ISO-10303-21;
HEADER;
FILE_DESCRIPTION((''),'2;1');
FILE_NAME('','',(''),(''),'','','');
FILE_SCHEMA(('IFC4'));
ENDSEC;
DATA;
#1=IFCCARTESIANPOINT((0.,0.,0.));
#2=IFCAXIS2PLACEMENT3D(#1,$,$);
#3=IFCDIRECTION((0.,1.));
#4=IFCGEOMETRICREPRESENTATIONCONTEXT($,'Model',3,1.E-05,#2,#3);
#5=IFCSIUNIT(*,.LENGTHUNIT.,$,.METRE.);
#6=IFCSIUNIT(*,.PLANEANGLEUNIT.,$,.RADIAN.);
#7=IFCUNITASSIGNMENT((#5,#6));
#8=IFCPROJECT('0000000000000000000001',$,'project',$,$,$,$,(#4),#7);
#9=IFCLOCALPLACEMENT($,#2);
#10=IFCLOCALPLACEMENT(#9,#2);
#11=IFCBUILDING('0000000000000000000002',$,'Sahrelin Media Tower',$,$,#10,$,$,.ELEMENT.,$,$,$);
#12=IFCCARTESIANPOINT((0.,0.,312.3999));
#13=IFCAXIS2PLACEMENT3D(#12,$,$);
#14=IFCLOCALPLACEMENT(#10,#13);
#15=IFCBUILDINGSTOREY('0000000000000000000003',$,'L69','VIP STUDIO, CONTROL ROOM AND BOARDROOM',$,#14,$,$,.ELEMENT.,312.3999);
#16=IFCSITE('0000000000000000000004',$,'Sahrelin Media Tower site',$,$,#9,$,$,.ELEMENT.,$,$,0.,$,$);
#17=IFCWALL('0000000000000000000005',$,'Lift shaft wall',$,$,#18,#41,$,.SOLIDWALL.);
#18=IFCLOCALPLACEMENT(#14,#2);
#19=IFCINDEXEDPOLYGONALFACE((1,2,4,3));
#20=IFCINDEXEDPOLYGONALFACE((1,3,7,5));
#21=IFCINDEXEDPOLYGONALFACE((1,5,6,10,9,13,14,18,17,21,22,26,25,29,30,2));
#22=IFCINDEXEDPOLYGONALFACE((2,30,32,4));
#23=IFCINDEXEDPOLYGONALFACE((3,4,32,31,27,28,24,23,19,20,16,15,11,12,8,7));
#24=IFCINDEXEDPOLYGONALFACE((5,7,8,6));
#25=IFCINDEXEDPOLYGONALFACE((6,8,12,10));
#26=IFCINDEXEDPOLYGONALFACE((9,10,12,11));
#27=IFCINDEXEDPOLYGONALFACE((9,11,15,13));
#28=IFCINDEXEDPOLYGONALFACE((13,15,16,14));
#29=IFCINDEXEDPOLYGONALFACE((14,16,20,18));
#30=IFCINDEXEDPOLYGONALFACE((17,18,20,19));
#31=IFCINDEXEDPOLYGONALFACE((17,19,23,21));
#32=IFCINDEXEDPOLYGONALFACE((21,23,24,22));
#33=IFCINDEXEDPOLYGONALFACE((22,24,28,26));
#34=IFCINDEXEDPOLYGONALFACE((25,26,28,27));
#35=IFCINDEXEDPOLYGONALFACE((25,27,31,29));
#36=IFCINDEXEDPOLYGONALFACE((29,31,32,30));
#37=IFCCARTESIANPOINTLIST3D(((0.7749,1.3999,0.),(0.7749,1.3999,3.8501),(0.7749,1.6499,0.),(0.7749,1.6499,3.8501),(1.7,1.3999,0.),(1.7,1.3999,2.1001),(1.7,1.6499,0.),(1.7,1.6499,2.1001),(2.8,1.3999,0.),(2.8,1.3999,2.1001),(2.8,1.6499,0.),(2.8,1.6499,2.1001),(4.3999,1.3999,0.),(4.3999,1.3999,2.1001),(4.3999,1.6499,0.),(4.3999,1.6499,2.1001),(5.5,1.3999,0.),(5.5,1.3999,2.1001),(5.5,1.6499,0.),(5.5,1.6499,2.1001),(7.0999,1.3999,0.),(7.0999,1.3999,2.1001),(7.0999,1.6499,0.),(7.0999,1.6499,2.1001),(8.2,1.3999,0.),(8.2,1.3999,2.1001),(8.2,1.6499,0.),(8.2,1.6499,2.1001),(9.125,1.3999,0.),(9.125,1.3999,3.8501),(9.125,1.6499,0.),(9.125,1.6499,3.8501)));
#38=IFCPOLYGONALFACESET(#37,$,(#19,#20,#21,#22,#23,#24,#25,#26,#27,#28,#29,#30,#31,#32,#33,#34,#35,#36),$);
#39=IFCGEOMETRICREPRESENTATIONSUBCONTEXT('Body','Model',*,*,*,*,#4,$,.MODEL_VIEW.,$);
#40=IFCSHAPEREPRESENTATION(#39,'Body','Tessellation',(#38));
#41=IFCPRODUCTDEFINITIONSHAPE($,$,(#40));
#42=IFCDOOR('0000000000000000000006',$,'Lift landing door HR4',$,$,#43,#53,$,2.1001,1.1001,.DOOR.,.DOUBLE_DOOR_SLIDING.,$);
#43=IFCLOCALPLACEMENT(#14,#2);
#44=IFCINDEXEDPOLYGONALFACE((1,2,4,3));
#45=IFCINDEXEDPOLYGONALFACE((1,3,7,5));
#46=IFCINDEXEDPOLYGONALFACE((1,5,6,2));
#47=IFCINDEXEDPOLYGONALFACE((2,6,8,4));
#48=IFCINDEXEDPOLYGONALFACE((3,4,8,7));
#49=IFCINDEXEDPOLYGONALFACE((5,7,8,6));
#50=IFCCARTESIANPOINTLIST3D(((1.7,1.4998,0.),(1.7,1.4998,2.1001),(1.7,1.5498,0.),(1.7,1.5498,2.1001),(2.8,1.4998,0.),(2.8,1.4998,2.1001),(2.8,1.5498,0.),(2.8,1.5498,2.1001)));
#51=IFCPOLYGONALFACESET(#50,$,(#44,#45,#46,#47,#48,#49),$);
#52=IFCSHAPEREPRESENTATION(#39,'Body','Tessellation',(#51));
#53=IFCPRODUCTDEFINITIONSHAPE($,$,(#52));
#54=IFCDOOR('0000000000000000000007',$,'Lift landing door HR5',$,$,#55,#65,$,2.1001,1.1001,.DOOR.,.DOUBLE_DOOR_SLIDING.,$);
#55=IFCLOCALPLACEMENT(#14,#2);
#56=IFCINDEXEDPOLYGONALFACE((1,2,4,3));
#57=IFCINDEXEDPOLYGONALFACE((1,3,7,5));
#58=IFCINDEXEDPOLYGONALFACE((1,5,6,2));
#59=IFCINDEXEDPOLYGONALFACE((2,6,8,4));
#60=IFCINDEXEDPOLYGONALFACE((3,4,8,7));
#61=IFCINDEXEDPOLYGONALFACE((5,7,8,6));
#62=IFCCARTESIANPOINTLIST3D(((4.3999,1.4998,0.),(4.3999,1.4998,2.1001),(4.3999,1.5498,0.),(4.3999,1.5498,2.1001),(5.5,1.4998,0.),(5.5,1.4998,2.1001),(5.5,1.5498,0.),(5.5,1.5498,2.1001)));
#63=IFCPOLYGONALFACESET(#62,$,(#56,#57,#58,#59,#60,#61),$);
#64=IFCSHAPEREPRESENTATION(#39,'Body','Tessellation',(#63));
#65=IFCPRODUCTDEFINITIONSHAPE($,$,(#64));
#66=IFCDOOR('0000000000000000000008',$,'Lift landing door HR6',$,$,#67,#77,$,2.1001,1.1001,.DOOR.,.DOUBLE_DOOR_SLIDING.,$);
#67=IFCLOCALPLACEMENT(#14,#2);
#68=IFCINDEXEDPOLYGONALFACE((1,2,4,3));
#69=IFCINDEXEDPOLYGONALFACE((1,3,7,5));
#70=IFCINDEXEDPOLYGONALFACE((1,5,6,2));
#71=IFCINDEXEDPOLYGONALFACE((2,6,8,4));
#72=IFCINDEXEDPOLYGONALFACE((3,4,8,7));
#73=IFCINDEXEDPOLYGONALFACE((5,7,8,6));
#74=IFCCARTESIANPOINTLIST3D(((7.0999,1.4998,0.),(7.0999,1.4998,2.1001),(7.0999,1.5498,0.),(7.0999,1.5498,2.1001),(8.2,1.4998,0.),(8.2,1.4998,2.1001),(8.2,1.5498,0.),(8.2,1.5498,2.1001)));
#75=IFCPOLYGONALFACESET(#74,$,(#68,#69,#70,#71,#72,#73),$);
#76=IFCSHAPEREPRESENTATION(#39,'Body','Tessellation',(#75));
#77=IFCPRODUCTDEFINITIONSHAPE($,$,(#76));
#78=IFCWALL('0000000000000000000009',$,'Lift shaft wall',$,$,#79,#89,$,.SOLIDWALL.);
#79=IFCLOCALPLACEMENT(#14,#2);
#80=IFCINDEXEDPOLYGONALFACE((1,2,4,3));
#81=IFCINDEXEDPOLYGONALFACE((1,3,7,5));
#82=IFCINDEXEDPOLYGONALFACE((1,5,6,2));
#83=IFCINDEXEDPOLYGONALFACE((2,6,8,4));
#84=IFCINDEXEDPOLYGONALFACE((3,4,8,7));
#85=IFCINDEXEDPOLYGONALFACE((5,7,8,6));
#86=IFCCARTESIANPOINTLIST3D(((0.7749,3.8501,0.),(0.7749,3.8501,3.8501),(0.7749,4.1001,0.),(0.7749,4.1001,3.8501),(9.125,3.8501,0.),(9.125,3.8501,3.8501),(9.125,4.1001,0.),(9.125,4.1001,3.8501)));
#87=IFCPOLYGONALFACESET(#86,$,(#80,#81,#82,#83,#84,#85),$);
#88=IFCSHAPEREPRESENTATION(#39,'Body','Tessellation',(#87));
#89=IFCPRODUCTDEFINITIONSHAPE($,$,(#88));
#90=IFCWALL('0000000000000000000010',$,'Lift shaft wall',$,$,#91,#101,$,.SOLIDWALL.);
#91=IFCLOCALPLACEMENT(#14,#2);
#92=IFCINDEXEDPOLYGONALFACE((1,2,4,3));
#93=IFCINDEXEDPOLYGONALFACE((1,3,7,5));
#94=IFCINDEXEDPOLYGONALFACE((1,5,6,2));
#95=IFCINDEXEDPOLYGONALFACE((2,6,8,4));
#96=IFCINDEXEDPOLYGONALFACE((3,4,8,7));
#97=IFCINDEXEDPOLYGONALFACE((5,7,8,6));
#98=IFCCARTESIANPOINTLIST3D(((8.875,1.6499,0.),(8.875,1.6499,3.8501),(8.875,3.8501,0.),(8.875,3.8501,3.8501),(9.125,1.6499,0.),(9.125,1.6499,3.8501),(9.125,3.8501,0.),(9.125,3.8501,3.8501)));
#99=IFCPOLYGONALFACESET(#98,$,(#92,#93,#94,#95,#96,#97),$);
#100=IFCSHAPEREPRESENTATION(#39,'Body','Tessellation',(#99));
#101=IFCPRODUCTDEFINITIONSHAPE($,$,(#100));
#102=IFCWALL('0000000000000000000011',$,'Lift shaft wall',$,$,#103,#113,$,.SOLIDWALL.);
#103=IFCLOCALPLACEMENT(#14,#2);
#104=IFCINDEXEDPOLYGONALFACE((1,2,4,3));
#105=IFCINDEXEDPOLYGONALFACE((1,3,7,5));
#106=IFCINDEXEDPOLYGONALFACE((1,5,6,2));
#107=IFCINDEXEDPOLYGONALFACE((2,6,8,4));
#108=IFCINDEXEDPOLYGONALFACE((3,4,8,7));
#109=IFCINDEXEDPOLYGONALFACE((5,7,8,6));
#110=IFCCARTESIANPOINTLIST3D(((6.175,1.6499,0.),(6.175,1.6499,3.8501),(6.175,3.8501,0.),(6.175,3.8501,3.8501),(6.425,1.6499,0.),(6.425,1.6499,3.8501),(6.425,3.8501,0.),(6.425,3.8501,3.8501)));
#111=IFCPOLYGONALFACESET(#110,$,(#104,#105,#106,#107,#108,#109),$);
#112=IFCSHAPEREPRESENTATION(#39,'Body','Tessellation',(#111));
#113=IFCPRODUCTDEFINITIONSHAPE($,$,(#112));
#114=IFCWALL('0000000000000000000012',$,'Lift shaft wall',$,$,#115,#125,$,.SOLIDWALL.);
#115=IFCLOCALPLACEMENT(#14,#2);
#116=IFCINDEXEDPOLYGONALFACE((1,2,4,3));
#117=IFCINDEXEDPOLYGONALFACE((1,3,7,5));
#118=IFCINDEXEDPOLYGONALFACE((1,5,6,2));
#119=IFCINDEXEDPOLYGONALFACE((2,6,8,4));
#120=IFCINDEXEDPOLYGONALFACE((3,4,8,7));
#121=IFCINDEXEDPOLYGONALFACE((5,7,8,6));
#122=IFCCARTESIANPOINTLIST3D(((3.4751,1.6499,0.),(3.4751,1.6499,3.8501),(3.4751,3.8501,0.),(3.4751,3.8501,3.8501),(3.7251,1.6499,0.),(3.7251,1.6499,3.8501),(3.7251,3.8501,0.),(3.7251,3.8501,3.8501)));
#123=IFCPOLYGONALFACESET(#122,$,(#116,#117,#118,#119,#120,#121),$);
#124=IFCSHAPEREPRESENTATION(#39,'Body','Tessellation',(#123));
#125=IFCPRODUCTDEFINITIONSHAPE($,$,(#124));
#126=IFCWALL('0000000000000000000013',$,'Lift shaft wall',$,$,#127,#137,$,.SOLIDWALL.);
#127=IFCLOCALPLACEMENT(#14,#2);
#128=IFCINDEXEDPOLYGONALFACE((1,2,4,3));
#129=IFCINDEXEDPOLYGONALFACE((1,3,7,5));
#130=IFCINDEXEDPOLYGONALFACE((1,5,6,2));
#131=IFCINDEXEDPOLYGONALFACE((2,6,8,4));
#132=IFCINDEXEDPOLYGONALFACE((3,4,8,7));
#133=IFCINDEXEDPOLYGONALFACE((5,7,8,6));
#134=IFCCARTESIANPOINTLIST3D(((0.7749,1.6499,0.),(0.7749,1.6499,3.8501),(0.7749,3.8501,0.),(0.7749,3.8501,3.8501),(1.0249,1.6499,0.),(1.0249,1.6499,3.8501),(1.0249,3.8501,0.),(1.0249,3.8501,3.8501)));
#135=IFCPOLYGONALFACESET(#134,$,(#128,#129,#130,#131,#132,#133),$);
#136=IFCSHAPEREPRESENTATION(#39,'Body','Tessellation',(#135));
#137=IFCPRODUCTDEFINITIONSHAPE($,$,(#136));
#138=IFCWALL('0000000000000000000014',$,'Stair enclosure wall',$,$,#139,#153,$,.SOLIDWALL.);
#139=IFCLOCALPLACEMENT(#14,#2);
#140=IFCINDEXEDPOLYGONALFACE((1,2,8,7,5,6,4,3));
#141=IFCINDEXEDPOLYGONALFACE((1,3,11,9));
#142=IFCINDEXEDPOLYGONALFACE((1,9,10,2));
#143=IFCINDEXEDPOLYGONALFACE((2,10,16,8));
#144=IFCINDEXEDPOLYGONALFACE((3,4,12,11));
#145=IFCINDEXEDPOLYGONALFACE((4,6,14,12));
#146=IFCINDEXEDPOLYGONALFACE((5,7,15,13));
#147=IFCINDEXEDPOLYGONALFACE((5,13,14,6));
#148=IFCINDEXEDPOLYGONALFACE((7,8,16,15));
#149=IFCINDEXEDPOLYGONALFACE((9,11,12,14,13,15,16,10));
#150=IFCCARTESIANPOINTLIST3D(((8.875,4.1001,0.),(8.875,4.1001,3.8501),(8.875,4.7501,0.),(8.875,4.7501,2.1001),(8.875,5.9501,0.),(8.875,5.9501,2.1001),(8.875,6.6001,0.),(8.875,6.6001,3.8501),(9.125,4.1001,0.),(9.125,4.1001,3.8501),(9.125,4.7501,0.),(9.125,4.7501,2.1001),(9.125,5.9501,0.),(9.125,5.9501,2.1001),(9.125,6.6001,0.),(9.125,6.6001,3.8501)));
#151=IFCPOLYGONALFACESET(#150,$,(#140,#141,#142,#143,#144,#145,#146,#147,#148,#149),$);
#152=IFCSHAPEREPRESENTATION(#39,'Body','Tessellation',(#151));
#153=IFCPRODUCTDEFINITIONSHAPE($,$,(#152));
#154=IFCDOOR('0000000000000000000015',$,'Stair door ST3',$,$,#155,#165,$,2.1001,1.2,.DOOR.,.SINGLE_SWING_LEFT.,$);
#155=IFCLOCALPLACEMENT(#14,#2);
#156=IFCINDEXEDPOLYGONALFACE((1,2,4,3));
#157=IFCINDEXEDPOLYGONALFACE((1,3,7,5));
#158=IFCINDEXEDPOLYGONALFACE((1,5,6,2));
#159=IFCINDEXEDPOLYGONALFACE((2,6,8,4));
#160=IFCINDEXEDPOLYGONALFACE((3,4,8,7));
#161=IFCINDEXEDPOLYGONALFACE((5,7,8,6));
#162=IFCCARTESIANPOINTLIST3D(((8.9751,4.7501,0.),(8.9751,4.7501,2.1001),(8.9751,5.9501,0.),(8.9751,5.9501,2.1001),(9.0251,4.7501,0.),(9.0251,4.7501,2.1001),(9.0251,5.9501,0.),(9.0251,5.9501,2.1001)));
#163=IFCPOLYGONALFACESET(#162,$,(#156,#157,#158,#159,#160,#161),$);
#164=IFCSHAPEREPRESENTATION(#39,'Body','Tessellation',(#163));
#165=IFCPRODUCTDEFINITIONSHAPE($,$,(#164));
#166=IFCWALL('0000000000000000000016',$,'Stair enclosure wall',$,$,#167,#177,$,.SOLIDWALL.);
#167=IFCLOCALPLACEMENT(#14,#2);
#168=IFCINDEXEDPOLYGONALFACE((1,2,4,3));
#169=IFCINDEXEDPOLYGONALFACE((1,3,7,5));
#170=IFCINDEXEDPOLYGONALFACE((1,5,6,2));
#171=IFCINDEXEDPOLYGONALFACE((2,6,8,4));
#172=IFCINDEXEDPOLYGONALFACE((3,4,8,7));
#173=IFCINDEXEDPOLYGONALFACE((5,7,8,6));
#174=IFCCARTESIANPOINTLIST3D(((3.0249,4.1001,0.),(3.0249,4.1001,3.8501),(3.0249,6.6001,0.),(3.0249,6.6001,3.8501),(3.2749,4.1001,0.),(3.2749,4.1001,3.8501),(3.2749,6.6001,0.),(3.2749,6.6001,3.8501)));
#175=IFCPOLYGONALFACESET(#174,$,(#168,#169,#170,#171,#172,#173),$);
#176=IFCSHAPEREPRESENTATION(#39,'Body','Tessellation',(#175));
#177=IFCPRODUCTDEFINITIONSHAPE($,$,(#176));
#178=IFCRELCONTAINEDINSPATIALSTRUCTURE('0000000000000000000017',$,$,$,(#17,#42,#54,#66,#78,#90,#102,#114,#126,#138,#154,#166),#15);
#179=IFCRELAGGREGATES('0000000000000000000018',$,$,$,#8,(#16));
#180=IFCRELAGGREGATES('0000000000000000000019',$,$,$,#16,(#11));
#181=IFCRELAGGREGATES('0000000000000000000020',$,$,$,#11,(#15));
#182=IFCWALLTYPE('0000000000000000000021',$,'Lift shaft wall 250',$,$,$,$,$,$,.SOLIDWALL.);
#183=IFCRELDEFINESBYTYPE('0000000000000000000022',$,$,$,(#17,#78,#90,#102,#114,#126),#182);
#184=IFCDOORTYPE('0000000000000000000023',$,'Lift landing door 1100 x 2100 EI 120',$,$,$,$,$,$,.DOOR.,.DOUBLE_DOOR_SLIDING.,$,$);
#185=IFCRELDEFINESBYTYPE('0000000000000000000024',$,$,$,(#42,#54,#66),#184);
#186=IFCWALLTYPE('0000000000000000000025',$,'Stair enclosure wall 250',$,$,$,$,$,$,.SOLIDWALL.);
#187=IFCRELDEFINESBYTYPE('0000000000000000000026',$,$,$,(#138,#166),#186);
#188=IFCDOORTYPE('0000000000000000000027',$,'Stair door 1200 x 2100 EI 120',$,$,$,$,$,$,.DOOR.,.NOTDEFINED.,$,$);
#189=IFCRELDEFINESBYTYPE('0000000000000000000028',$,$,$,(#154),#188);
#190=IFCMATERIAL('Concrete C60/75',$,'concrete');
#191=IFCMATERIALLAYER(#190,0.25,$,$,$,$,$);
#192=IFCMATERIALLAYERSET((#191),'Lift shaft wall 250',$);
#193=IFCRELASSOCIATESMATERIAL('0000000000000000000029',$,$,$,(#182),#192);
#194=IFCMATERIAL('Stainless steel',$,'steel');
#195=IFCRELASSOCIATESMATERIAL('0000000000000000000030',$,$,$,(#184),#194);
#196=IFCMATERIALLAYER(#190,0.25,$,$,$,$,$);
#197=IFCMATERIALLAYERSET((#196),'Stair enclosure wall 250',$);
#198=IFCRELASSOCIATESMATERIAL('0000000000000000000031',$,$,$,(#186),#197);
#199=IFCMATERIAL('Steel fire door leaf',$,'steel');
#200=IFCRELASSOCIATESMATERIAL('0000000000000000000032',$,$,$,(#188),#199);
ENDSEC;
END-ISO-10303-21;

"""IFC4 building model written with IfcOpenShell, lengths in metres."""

from ifc_helpers import new_model, si_unit, direction, frame, frame_2d, origin, place, context, subcontext, project, spatial, rectangle, extrude, material, layer, layer_set, type_object, element, fill, save


model = new_model("IFC4")

# Units and contexts
model_context = context("Model", 3, precision=1e-05, world=origin(), true_north=direction((0.0, 1.0)))
body_context = subcontext(model_context, "Body", "Model", "MODEL_VIEW")
ifc_project = project(units=[si_unit("LENGTHUNIT", "METRE"), si_unit("PLANEANGLEUNIT", "RADIAN")], contexts=[model_context])

# Site, building, storey
site_placement = place(None, origin())
site = spatial("IfcSite", under=ifc_project, at=site_placement, Name="Sahrelin Media Tower site", CompositionType="ELEMENT", RefElevation=0.0)
building_placement = place(site_placement, origin())
building = spatial("IfcBuilding", under=site, at=building_placement, Name="Sahrelin Media Tower", CompositionType="ELEMENT")
storey_placement = place(building_placement, frame((0.0, 0.0, 312.3999)))
storey = spatial("IfcBuildingStorey", under=building, at=storey_placement, Name="L69", Description="VIP STUDIO, CONTROL ROOM AND BOARDROOM", CompositionType="ELEMENT", Elevation=312.3999)

# Shared definitions
ifc_material_1 = material(Name="Steel fire door leaf", Category="steel")

# Wall, openings, doors
ifc_material_2 = material(Name="Concrete C60/75", Category="concrete")
ifc_layer_1 = layer(ifc_material_2, 0.25)
ifc_layer_set_1 = layer_set([ifc_layer_1], Name="Lift shaft wall 250")
wall_type_1 = type_object("IfcWallType", Name="Lift shaft wall 250", PredefinedType="SOLIDWALL", material=ifc_layer_set_1)
wall_1_placement = place(storey_placement, frame((0.7749, 1.5249, 0.0), z_axis=(0.0, 0.0, 1.0), x_axis=(1.0, 0.0, 0.0)))
wall_1 = element("IfcWall", 1, at=wall_1_placement, inside=storey, type_object=wall_type_1, Name="Lift shaft wall", PredefinedType="SOLIDWALL", context=body_context, shape_type="SweptSolid", body=[
    extrude(rectangle(XDim=8.3501, YDim=0.25, at=frame_2d((4.175, 0.0))), origin(), (0.0, 0.0, 1.0), 3.8501),
])
opening_1_placement = place(wall_1_placement, frame((0.925, 0.0, 0.0)))
opening_1 = element("IfcOpeningElement", 2, at=opening_1_placement, cuts=wall_1, PredefinedType="OPENING", context=body_context, shape_type="SweptSolid", body=[
    extrude(rectangle(XDim=1.1001, YDim=2.1001, at=frame_2d((0.55, 1.05))), frame((0.0, 0.125, 0.0), z_axis=(0.0, -1.0, 0.0), x_axis=(1.0, 0.0, 0.0)), (0.0, 0.0, 1.0), 0.25),
])
opening_2_placement = place(wall_1_placement, frame((3.625, 0.0, 0.0)))
opening_2 = element("IfcOpeningElement", 3, at=opening_2_placement, cuts=wall_1, PredefinedType="OPENING", context=body_context, shape_type="SweptSolid", body=[
    extrude(rectangle(XDim=1.1001, YDim=2.1001, at=frame_2d((0.55, 1.05))), frame((0.0, 0.125, 0.0), z_axis=(0.0, -1.0, 0.0), x_axis=(1.0, 0.0, 0.0)), (0.0, 0.0, 1.0), 0.25),
])
opening_3_placement = place(wall_1_placement, frame((6.325, 0.0, 0.0)))
opening_3 = element("IfcOpeningElement", 4, at=opening_3_placement, cuts=wall_1, PredefinedType="OPENING", context=body_context, shape_type="SweptSolid", body=[
    extrude(rectangle(XDim=1.1001, YDim=2.1001, at=frame_2d((0.55, 1.05))), frame((0.0, 0.125, 0.0), z_axis=(0.0, -1.0, 0.0), x_axis=(1.0, 0.0, 0.0)), (0.0, 0.0, 1.0), 0.25),
])
ifc_material_3 = material(Name="Stainless steel", Category="steel")
door_type_1 = type_object("IfcDoorType", Name="Lift landing door 1100 x 2100 EI 120", OperationType="DOUBLE_DOOR_SLIDING", PredefinedType="DOOR", material=ifc_material_3)
door_1_placement = place(opening_1_placement, origin())
door_1 = element("IfcDoor", 5, at=door_1_placement, inside=storey, type_object=door_type_1, Name="Lift landing door HR4", OperationType="DOUBLE_DOOR_SLIDING", OverallHeight=2.1001, OverallWidth=1.1001, PredefinedType="DOOR", context=body_context, shape_type="SweptSolid", body=[
    extrude(rectangle(XDim=1.1001, YDim=2.1001, at=frame_2d((0.55, 1.05))), frame((0.0, 0.0249, 0.0), z_axis=(0.0, -1.0, 0.0), x_axis=(1.0, 0.0, 0.0)), (0.0, 0.0, 1.0), 0.05),
])
fill(opening_1, door_1)
door_2_placement = place(opening_2_placement, origin())
door_2 = element("IfcDoor", 6, at=door_2_placement, inside=storey, type_object=door_type_1, Name="Lift landing door HR5", OperationType="DOUBLE_DOOR_SLIDING", OverallHeight=2.1001, OverallWidth=1.1001, PredefinedType="DOOR", context=body_context, shape_type="SweptSolid", body=[
    extrude(rectangle(XDim=1.1001, YDim=2.1001, at=frame_2d((0.55, 1.05))), frame((0.0, 0.0249, 0.0), z_axis=(0.0, -1.0, 0.0), x_axis=(1.0, 0.0, 0.0)), (0.0, 0.0, 1.0), 0.05),
])
fill(opening_2, door_2)
door_3_placement = place(opening_3_placement, origin())
door_3 = element("IfcDoor", 7, at=door_3_placement, inside=storey, type_object=door_type_1, Name="Lift landing door HR6", OperationType="DOUBLE_DOOR_SLIDING", OverallHeight=2.1001, OverallWidth=1.1001, PredefinedType="DOOR", context=body_context, shape_type="SweptSolid", body=[
    extrude(rectangle(XDim=1.1001, YDim=2.1001, at=frame_2d((0.55, 1.05))), frame((0.0, 0.0249, 0.0), z_axis=(0.0, -1.0, 0.0), x_axis=(1.0, 0.0, 0.0)), (0.0, 0.0, 1.0), 0.05),
])
fill(opening_3, door_3)

# Walls
wall_2_placement = place(storey_placement, frame((0.7749, 3.9751, 0.0), z_axis=(0.0, 0.0, 1.0), x_axis=(1.0, 0.0, 0.0)))
element("IfcWall", 8, at=wall_2_placement, inside=storey, type_object=wall_type_1, Name="Lift shaft wall", PredefinedType="SOLIDWALL", context=body_context, shape_type="SweptSolid", body=[
    extrude(rectangle(XDim=8.3501, YDim=0.25, at=frame_2d((4.175, 0.0))), origin(), (0.0, 0.0, 1.0), 3.8501),
])
for number, where, z_axis, x_axis, name in (
    (9, (9.0, 1.6499, 0.0), (0.0, 0.0, 1.0), (0.0, 1.0, 0.0), "Lift shaft wall"),
    (10, (6.3, 1.6499, 0.0), (0.0, 0.0, 1.0), (0.0, 1.0, 0.0), "Lift shaft wall"),
    (11, (3.6001, 1.6499, 0.0), (0.0, 0.0, 1.0), (0.0, 1.0, 0.0), "Lift shaft wall"),
    (12, (0.8999, 1.6499, 0.0), (0.0, 0.0, 1.0), (0.0, 1.0, 0.0), "Lift shaft wall"),
):
    element("IfcWall", number, at=place(storey_placement, frame(where, z_axis=z_axis, x_axis=x_axis)), inside=storey, type_object=wall_type_1, Name=name, PredefinedType="SOLIDWALL", context=body_context, shape_type="SweptSolid", body=[
        extrude(rectangle(XDim=2.2002, YDim=0.25, at=frame_2d((1.1001, 0.0))), origin(), (0.0, 0.0, 1.0), 3.8501),
    ])

# Wall, opening, door
ifc_layer_2 = layer(ifc_material_2, 0.25)
ifc_layer_set_2 = layer_set([ifc_layer_2], Name="Stair enclosure wall 250")
wall_type_2 = type_object("IfcWallType", Name="Stair enclosure wall 250", PredefinedType="SOLIDWALL", material=ifc_layer_set_2)
wall_3_placement = place(storey_placement, frame((9.0, 4.1001, 0.0), z_axis=(0.0, 0.0, 1.0), x_axis=(0.0, 1.0, 0.0)))
wall_3 = element("IfcWall", 13, at=wall_3_placement, inside=storey, type_object=wall_type_2, Name="Stair enclosure wall", PredefinedType="SOLIDWALL", context=body_context, shape_type="SweptSolid", body=[
    extrude(rectangle(XDim=2.5, YDim=0.25, at=frame_2d((1.25, 0.0))), origin(), (0.0, 0.0, 1.0), 3.8501),
])
opening_4_placement = place(wall_3_placement, frame((0.6499, 0.0, 0.0)))
opening_4 = element("IfcOpeningElement", 14, at=opening_4_placement, cuts=wall_3, PredefinedType="OPENING", context=body_context, shape_type="SweptSolid", body=[
    extrude(rectangle(XDim=1.2, YDim=2.1001, at=frame_2d((0.6001, 1.05))), frame((0.0, 0.125, 0.0), z_axis=(0.0, -1.0, 0.0), x_axis=(1.0, 0.0, 0.0)), (0.0, 0.0, 1.0), 0.25),
])
door_type_2 = type_object("IfcDoorType", Name="Stair door 1200 x 2100 EI 120", OperationType="NOTDEFINED", PredefinedType="DOOR", material=ifc_material_1)
door_4_placement = place(opening_4_placement, origin())
door_4 = element("IfcDoor", 15, at=door_4_placement, inside=storey, type_object=door_type_2, Name="Stair door ST3", OperationType="SINGLE_SWING_LEFT", OverallHeight=2.1001, OverallWidth=1.2, PredefinedType="DOOR", context=body_context, shape_type="SweptSolid", body=[
    extrude(rectangle(XDim=1.2, YDim=2.1001, at=frame_2d((0.6001, 1.05))), frame((0.0, 0.0249, 0.0), z_axis=(0.0, -1.0, 0.0), x_axis=(1.0, 0.0, 0.0)), (0.0, 0.0, 1.0), 0.05),
])
fill(opening_4, door_4)

# Wall
wall_4_placement = place(storey_placement, frame((3.1499, 4.1001, 0.0), z_axis=(0.0, 0.0, 1.0), x_axis=(0.0, 1.0, 0.0)))
element("IfcWall", 16, at=wall_4_placement, inside=storey, type_object=wall_type_2, Name="Stair enclosure wall", PredefinedType="SOLIDWALL", context=body_context, shape_type="SweptSolid", body=[
    extrude(rectangle(XDim=2.5, YDim=0.25, at=frame_2d((1.25, 0.0))), origin(), (0.0, 0.0, 1.0), 3.8501),
])

save(model, "model.ifc")
